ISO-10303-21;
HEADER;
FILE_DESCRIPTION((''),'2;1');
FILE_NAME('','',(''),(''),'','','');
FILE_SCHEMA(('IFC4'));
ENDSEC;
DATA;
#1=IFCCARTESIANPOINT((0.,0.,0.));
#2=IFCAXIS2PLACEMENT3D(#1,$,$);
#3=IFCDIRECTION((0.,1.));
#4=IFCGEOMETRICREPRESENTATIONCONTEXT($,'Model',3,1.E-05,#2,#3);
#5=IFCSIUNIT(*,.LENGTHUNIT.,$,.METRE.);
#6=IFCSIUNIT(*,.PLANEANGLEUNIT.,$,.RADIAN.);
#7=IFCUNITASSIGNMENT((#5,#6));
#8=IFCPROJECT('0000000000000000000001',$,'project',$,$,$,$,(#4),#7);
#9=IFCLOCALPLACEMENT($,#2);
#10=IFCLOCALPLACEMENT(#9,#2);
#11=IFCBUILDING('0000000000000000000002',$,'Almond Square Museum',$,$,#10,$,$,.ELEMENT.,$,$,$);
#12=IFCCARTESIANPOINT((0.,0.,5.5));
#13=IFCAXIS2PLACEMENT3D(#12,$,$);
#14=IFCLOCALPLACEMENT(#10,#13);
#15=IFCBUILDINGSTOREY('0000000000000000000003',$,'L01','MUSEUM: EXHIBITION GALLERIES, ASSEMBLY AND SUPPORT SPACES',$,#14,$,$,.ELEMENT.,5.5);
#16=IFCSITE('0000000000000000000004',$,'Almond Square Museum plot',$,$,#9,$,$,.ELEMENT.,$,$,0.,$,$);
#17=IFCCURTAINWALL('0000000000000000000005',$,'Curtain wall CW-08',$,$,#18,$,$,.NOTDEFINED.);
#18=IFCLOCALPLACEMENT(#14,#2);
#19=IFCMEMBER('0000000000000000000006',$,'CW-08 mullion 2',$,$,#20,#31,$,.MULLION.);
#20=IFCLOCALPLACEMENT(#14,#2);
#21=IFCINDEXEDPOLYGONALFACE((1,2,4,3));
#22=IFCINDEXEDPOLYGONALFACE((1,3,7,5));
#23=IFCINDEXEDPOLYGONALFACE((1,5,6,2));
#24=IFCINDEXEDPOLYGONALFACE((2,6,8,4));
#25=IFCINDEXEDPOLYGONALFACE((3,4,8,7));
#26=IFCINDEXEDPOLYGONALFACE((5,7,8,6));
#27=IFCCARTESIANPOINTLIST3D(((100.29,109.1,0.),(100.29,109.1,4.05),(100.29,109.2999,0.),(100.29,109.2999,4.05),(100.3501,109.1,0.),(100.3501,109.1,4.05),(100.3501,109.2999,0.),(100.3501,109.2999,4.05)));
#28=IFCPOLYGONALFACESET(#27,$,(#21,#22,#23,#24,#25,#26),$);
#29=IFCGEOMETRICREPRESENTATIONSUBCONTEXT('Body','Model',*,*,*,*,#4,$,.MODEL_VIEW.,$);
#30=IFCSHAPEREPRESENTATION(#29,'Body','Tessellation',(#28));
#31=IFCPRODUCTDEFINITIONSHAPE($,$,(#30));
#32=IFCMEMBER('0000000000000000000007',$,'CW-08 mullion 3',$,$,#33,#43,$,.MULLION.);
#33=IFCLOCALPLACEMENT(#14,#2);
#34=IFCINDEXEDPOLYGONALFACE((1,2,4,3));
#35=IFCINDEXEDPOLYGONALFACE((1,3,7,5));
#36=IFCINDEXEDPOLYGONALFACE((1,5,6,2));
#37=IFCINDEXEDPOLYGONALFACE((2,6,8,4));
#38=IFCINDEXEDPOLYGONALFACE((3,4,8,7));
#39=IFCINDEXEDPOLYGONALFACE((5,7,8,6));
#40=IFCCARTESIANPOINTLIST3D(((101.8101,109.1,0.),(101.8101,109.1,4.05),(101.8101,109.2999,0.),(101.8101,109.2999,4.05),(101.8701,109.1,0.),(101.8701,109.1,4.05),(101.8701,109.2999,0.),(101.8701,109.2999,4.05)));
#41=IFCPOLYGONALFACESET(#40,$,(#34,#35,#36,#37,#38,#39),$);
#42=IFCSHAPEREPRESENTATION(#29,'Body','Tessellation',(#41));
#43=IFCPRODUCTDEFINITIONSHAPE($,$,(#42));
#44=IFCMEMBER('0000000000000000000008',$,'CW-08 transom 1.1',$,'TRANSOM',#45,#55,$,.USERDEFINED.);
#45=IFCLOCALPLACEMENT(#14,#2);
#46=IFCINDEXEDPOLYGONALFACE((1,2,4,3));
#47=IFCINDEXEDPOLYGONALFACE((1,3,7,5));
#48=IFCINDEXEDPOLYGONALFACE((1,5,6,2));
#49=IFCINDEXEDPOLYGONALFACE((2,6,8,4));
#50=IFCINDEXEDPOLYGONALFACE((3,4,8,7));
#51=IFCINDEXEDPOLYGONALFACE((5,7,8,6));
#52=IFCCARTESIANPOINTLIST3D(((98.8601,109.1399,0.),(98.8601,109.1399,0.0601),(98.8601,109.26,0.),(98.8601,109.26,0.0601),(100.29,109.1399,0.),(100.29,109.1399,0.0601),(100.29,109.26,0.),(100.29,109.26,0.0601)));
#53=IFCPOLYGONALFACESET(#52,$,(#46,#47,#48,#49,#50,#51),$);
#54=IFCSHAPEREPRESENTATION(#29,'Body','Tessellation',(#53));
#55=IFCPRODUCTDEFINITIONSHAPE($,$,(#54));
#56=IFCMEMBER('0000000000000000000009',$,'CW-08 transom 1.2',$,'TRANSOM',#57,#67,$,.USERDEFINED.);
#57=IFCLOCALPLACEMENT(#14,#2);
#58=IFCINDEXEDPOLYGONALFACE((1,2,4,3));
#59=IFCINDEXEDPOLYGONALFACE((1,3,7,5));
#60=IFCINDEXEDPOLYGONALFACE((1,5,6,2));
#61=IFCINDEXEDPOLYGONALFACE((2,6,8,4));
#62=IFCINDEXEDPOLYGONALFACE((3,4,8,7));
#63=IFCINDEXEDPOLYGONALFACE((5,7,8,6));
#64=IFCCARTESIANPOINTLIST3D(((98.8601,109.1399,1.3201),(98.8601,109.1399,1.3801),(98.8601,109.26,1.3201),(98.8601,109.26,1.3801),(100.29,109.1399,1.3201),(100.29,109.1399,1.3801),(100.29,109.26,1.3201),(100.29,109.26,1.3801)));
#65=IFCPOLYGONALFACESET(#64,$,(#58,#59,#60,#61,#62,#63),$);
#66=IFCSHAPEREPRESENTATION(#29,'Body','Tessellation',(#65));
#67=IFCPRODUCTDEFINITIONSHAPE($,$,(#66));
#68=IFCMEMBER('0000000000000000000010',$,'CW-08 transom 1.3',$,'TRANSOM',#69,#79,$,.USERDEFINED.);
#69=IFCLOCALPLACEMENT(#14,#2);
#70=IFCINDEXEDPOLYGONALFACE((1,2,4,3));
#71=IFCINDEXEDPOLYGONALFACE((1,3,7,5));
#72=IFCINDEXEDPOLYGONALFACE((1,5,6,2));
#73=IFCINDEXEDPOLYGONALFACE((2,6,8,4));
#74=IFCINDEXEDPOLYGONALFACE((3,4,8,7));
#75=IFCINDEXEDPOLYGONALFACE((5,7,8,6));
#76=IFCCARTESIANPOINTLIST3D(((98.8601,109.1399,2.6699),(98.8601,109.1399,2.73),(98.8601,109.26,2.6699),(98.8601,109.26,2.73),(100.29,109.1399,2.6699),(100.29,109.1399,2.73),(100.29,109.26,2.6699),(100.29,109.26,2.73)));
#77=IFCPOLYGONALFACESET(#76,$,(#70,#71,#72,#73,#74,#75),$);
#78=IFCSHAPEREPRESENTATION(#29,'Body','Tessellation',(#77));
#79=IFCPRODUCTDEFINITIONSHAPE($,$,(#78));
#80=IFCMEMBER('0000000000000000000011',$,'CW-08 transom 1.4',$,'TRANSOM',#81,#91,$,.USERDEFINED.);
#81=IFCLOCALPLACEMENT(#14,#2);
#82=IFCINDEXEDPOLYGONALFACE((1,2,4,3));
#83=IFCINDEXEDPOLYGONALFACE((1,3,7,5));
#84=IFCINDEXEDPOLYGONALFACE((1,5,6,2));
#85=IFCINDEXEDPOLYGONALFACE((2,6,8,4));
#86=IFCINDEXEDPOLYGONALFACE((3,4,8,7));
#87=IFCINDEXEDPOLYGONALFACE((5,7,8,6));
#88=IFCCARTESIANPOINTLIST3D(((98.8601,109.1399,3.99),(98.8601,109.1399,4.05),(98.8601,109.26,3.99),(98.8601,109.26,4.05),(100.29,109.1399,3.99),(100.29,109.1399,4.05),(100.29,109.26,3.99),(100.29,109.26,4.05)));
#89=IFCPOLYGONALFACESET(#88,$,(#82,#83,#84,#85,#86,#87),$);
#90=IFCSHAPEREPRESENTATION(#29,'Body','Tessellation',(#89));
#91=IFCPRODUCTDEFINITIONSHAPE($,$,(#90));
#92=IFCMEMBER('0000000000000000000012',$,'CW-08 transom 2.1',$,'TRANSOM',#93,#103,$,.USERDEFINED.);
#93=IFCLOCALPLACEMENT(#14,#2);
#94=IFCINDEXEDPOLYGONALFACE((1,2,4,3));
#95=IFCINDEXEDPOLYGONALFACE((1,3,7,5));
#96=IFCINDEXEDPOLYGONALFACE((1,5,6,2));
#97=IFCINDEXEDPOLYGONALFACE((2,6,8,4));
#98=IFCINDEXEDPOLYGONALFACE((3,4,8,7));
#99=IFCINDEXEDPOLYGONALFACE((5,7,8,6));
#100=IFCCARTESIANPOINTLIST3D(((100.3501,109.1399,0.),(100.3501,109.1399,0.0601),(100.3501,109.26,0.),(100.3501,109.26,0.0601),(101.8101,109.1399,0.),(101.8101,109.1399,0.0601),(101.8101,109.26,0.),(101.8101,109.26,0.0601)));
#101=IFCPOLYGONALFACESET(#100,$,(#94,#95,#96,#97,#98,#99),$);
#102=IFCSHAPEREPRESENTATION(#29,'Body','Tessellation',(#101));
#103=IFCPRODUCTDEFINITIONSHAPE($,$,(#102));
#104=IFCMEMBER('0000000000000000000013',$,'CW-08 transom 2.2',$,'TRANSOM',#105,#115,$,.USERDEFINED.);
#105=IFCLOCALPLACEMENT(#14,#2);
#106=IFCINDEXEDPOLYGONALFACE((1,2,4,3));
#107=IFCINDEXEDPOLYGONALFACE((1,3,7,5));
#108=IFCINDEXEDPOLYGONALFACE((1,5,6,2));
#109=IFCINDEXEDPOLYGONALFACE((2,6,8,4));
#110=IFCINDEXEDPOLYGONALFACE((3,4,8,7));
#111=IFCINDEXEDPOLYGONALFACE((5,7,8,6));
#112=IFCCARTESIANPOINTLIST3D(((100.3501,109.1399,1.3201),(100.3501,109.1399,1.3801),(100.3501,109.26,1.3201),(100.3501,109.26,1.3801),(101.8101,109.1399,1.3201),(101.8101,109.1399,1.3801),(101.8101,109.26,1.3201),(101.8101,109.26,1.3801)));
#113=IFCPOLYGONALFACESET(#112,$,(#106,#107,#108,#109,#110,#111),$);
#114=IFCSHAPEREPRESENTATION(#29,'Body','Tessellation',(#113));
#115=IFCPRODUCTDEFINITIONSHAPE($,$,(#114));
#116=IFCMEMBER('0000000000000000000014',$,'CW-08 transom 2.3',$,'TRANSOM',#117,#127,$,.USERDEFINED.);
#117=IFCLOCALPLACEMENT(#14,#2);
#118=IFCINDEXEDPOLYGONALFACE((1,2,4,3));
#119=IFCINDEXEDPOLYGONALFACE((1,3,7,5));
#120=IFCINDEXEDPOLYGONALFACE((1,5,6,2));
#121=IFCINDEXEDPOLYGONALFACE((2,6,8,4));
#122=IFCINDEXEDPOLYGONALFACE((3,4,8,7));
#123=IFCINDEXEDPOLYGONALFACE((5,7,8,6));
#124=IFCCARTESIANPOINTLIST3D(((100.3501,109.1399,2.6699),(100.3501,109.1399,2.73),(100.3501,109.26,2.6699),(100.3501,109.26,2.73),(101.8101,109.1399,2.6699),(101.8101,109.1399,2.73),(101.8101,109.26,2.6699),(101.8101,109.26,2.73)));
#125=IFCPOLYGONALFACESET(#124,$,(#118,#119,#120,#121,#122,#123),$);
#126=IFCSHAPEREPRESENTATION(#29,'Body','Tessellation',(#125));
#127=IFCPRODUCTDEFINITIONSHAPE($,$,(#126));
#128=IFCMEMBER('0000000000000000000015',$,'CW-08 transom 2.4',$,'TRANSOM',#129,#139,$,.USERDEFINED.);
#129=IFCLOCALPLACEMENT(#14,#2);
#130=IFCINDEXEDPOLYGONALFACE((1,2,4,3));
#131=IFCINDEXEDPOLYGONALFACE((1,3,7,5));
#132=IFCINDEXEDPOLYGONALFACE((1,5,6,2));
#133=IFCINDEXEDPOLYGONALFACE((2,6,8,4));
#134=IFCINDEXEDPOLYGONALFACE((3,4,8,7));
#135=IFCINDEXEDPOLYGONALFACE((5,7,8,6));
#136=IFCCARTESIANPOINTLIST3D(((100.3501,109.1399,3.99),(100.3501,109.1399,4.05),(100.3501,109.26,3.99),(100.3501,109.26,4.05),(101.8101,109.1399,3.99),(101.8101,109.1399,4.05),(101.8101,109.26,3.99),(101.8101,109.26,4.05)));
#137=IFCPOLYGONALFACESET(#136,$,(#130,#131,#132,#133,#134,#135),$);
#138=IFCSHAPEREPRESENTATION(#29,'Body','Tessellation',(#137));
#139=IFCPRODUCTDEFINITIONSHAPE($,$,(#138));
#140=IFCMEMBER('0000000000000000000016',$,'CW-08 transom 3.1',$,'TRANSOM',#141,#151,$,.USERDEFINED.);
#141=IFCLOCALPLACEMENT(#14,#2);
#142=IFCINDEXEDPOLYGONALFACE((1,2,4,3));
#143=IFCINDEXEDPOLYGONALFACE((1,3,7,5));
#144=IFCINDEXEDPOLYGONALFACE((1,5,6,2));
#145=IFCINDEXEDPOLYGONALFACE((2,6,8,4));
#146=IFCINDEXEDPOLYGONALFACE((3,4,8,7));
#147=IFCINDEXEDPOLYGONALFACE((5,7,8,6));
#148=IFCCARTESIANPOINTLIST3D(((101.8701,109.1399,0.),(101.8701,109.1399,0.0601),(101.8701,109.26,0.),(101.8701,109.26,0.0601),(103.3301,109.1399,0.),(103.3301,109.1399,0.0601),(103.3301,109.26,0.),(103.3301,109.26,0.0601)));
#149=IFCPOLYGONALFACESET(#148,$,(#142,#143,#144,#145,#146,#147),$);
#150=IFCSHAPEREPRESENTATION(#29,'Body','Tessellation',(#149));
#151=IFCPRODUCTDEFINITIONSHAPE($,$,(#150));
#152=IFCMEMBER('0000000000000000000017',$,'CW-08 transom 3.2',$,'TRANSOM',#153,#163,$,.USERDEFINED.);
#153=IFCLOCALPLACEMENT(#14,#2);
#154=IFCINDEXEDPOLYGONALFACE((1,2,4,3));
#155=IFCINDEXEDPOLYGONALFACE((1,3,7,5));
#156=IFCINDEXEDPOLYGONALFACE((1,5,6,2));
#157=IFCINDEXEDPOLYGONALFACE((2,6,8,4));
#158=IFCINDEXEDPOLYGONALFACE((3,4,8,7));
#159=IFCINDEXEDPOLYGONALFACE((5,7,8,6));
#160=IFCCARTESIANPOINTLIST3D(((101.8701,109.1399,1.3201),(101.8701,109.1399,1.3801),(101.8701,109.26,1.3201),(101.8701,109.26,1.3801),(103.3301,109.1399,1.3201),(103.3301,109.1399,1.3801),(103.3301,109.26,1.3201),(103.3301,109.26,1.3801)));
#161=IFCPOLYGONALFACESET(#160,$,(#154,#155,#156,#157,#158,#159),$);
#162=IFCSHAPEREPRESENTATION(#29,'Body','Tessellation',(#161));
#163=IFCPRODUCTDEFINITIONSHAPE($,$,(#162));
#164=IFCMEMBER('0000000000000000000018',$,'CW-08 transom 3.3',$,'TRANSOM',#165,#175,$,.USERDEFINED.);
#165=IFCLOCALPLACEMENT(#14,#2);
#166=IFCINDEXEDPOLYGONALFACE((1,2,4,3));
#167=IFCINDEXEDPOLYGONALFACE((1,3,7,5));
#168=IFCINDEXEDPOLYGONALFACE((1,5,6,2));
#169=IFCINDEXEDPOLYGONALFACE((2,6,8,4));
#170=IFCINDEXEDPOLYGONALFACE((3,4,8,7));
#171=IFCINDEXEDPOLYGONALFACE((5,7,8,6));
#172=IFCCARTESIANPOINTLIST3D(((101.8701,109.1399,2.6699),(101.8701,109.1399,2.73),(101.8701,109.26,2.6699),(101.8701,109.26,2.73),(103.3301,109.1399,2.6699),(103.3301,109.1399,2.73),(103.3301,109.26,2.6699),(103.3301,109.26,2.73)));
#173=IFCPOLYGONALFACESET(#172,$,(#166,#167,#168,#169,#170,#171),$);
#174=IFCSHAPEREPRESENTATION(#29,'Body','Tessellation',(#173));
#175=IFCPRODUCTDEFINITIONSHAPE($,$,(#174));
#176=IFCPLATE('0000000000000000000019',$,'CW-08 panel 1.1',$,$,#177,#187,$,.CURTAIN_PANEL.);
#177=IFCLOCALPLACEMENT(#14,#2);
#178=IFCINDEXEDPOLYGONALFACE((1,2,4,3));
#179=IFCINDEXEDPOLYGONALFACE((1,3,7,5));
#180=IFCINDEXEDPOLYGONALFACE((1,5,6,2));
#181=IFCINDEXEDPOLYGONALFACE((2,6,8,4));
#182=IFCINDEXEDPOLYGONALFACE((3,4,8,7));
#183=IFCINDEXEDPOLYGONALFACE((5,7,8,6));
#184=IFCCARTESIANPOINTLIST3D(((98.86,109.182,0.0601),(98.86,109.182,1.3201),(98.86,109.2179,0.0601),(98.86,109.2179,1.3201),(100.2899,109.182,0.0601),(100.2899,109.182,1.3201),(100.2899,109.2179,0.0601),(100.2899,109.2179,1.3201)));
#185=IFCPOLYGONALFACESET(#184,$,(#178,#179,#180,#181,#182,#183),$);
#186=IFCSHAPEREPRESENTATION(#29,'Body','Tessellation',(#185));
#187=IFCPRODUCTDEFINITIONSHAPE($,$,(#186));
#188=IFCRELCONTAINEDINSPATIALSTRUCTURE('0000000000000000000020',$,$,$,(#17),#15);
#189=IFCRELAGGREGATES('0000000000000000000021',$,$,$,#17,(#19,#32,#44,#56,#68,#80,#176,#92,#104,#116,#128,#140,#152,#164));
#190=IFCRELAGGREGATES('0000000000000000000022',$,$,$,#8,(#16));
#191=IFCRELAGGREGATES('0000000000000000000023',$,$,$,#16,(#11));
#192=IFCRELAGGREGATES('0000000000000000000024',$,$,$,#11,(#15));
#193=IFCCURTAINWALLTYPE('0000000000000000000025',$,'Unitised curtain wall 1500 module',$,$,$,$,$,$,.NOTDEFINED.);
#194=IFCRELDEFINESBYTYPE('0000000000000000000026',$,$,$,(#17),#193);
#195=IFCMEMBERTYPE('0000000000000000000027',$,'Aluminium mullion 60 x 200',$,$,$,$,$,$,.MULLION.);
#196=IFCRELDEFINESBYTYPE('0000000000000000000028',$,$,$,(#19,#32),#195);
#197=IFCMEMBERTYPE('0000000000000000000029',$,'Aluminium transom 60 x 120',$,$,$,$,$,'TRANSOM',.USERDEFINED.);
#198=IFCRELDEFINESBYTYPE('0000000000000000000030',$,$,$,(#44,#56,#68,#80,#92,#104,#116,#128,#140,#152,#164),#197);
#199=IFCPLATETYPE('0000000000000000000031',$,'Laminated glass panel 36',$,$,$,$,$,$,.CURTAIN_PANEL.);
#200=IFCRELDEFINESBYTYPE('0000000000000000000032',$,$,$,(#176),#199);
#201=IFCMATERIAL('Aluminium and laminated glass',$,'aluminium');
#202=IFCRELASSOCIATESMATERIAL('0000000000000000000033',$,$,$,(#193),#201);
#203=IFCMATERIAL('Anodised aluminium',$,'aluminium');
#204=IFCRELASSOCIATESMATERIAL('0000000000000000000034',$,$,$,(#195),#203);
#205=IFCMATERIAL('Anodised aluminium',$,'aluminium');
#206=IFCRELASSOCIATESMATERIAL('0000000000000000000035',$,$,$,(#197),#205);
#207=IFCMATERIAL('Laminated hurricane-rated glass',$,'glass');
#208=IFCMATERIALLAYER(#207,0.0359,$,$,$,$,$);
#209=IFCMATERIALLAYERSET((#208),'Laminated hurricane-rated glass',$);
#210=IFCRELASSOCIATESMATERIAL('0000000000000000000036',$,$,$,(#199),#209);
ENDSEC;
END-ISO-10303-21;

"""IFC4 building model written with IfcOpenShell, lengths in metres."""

from ifc_helpers import new_model, si_unit, direction, frame, origin, origin_2d, place, context, subcontext, project, spatial, rectangle, extrude, material, layer, layer_set, material_profile, profile_set, type_object, element, aggregate, save


model = new_model("IFC4")

# Units and contexts
model_context = context("Model", 3, precision=1e-05, world=origin(), true_north=direction((0.0, 1.0)))
body_context = subcontext(model_context, "Body", "Model", "MODEL_VIEW")
ifc_project = project(units=[si_unit("LENGTHUNIT", "METRE"), si_unit("PLANEANGLEUNIT", "RADIAN")], contexts=[model_context])

# Site, building, storey
site_placement = place(None, origin())
site = spatial("IfcSite", under=ifc_project, at=site_placement, Name="Almond Square Museum plot", CompositionType="ELEMENT", RefElevation=0.0)
building_placement = place(site_placement, origin())
building = spatial("IfcBuilding", under=site, at=building_placement, Name="Almond Square Museum", CompositionType="ELEMENT")
storey_placement = place(building_placement, frame((0.0, 0.0, 5.5)))
storey = spatial("IfcBuildingStorey", under=building, at=storey_placement, Name="L01", Description="MUSEUM: EXHIBITION GALLERIES, ASSEMBLY AND SUPPORT SPACES", CompositionType="ELEMENT", Elevation=5.5)

# Curtain wall, members, plate
ifc_material_1 = material(Name="Aluminium and laminated glass", Category="aluminium")
curtain_wall_type = type_object("IfcCurtainWallType", Name="Unitised curtain wall 1500 module", PredefinedType="NOTDEFINED", material=ifc_material_1)
curtain_wall_placement = place(storey_placement, origin())
curtain_wall = element("IfcCurtainWall", 1, at=curtain_wall_placement, inside=storey, type_object=curtain_wall_type, Name="Curtain wall CW-08", PredefinedType="NOTDEFINED")
ifc_material_2 = material(Name="Anodised aluminium", Category="aluminium")
ifc_material_profile_1 = material_profile(ifc_material_2, rectangle(XDim=0.2, YDim=0.0601, at=origin_2d()))
ifc_profile_set_1 = profile_set([ifc_material_profile_1], Name="Anodised aluminium")
member_type_1 = type_object("IfcMemberType", Name="Aluminium mullion 60 x 200", PredefinedType="MULLION", material=ifc_profile_set_1)
member_1_placement = place(storey_placement, frame((100.3201, 109.2, 0.0), z_axis=(0.0, 0.0, 1.0), x_axis=(0.0, 1.0, 0.0)))
member_1 = element("IfcMember", 2, at=member_1_placement, type_object=member_type_1, Name="CW-08 mullion 2", PredefinedType="MULLION", context=body_context, shape_type="SweptSolid", body=[
    extrude(rectangle(XDim=0.2, YDim=0.0601, at=origin_2d()), origin(), (0.0, 0.0, 1.0), 4.05),
])
member_2_placement = place(storey_placement, frame((101.8401, 109.2, 0.0), z_axis=(0.0, 0.0, 1.0), x_axis=(0.0, 1.0, 0.0)))
member_2 = element("IfcMember", 3, at=member_2_placement, type_object=member_type_1, Name="CW-08 mullion 3", PredefinedType="MULLION", context=body_context, shape_type="SweptSolid", body=[
    extrude(rectangle(XDim=0.2, YDim=0.0601, at=origin_2d()), origin(), (0.0, 0.0, 1.0), 4.05),
])
ifc_material_3 = material(Name="Anodised aluminium", Category="aluminium")
ifc_material_profile_2 = material_profile(ifc_material_3, rectangle(XDim=0.1201, YDim=0.0601, at=origin_2d()))
ifc_profile_set_2 = profile_set([ifc_material_profile_2], Name="Anodised aluminium")
member_type_2 = type_object("IfcMemberType", Name="Aluminium transom 60 x 120", ElementType="TRANSOM", PredefinedType="USERDEFINED", material=ifc_profile_set_2)
member_3_placement = place(storey_placement, frame((98.8601, 109.2, 0.03), z_axis=(1.0, 0.0, 0.0), x_axis=(0.0, 1.0, 0.0)))
member_3 = element("IfcMember", 4, at=member_3_placement, type_object=member_type_2, Name="CW-08 transom 1.1", ObjectType="TRANSOM", PredefinedType="USERDEFINED", context=body_context, shape_type="SweptSolid", body=[
    extrude(rectangle(XDim=0.1201, YDim=0.0601, at=origin_2d()), origin(), (0.0, 0.0, 1.0), 1.4299),
])
member_4_placement = place(storey_placement, frame((98.8601, 109.2, 1.3501), z_axis=(1.0, 0.0, 0.0), x_axis=(0.0, 1.0, 0.0)))
member_4 = element("IfcMember", 5, at=member_4_placement, type_object=member_type_2, Name="CW-08 transom 1.2", ObjectType="TRANSOM", PredefinedType="USERDEFINED", context=body_context, shape_type="SweptSolid", body=[
    extrude(rectangle(XDim=0.1201, YDim=0.0601, at=origin_2d()), origin(), (0.0, 0.0, 1.0), 1.4299),
])
member_5_placement = place(storey_placement, frame((98.8601, 109.2, 2.7), z_axis=(1.0, 0.0, 0.0), x_axis=(0.0, 1.0, 0.0)))
member_5 = element("IfcMember", 6, at=member_5_placement, type_object=member_type_2, Name="CW-08 transom 1.3", ObjectType="TRANSOM", PredefinedType="USERDEFINED", context=body_context, shape_type="SweptSolid", body=[
    extrude(rectangle(XDim=0.1201, YDim=0.0601, at=origin_2d()), origin(), (0.0, 0.0, 1.0), 1.4299),
])
member_6_placement = place(storey_placement, frame((98.8601, 109.2, 4.02), z_axis=(1.0, 0.0, 0.0), x_axis=(0.0, 1.0, 0.0)))
member_6 = element("IfcMember", 7, at=member_6_placement, type_object=member_type_2, Name="CW-08 transom 1.4", ObjectType="TRANSOM", PredefinedType="USERDEFINED", context=body_context, shape_type="SweptSolid", body=[
    extrude(rectangle(XDim=0.1201, YDim=0.0601, at=origin_2d()), origin(), (0.0, 0.0, 1.0), 1.4299),
])
member_7_placement = place(storey_placement, frame((100.3501, 109.2, 0.03), z_axis=(1.0, 0.0, 0.0), x_axis=(0.0, 1.0, 0.0)))
member_7 = element("IfcMember", 8, at=member_7_placement, type_object=member_type_2, Name="CW-08 transom 2.1", ObjectType="TRANSOM", PredefinedType="USERDEFINED", context=body_context, shape_type="SweptSolid", body=[
    extrude(rectangle(XDim=0.1201, YDim=0.0601, at=origin_2d()), origin(), (0.0, 0.0, 1.0), 1.46),
])
member_8_placement = place(storey_placement, frame((100.3501, 109.2, 1.3501), z_axis=(1.0, 0.0, 0.0), x_axis=(0.0, 1.0, 0.0)))
member_8 = element("IfcMember", 9, at=member_8_placement, type_object=member_type_2, Name="CW-08 transom 2.2", ObjectType="TRANSOM", PredefinedType="USERDEFINED", context=body_context, shape_type="SweptSolid", body=[
    extrude(rectangle(XDim=0.1201, YDim=0.0601, at=origin_2d()), origin(), (0.0, 0.0, 1.0), 1.46),
])
member_9_placement = place(storey_placement, frame((100.3501, 109.2, 2.7), z_axis=(1.0, 0.0, 0.0), x_axis=(0.0, 1.0, 0.0)))
member_9 = element("IfcMember", 10, at=member_9_placement, type_object=member_type_2, Name="CW-08 transom 2.3", ObjectType="TRANSOM", PredefinedType="USERDEFINED", context=body_context, shape_type="SweptSolid", body=[
    extrude(rectangle(XDim=0.1201, YDim=0.0601, at=origin_2d()), origin(), (0.0, 0.0, 1.0), 1.46),
])
member_10_placement = place(storey_placement, frame((100.3501, 109.2, 4.02), z_axis=(1.0, 0.0, 0.0), x_axis=(0.0, 1.0, 0.0)))
member_10 = element("IfcMember", 11, at=member_10_placement, type_object=member_type_2, Name="CW-08 transom 2.4", ObjectType="TRANSOM", PredefinedType="USERDEFINED", context=body_context, shape_type="SweptSolid", body=[
    extrude(rectangle(XDim=0.1201, YDim=0.0601, at=origin_2d()), origin(), (0.0, 0.0, 1.0), 1.46),
])
member_11_placement = place(storey_placement, frame((101.8701, 109.2, 0.03), z_axis=(1.0, 0.0, 0.0), x_axis=(0.0, 1.0, 0.0)))
member_11 = element("IfcMember", 12, at=member_11_placement, type_object=member_type_2, Name="CW-08 transom 3.1", ObjectType="TRANSOM", PredefinedType="USERDEFINED", context=body_context, shape_type="SweptSolid", body=[
    extrude(rectangle(XDim=0.1201, YDim=0.0601, at=origin_2d()), origin(), (0.0, 0.0, 1.0), 1.46),
])
member_12_placement = place(storey_placement, frame((101.8701, 109.2, 1.3501), z_axis=(1.0, 0.0, 0.0), x_axis=(0.0, 1.0, 0.0)))
member_12 = element("IfcMember", 13, at=member_12_placement, type_object=member_type_2, Name="CW-08 transom 3.2", ObjectType="TRANSOM", PredefinedType="USERDEFINED", context=body_context, shape_type="SweptSolid", body=[
    extrude(rectangle(XDim=0.1201, YDim=0.0601, at=origin_2d()), origin(), (0.0, 0.0, 1.0), 1.46),
])
member_13_placement = place(storey_placement, frame((101.8701, 109.2, 2.7), z_axis=(1.0, 0.0, 0.0), x_axis=(0.0, 1.0, 0.0)))
member_13 = element("IfcMember", 14, at=member_13_placement, type_object=member_type_2, Name="CW-08 transom 3.3", ObjectType="TRANSOM", PredefinedType="USERDEFINED", context=body_context, shape_type="SweptSolid", body=[
    extrude(rectangle(XDim=0.1201, YDim=0.0601, at=origin_2d()), origin(), (0.0, 0.0, 1.0), 1.46),
])
ifc_material_4 = material(Name="Laminated hurricane-rated glass", Category="glass")
ifc_layer = layer(ifc_material_4, 0.0359)
ifc_layer_set = layer_set([ifc_layer], Name="Laminated hurricane-rated glass")
plate_type = type_object("IfcPlateType", Name="Laminated glass panel 36", PredefinedType="CURTAIN_PANEL", material=ifc_layer_set)
plate_1_placement = place(storey_placement, frame((99.575, 109.2, 0.0601), z_axis=(0.0, 0.0, 1.0), x_axis=(1.0, 0.0, 0.0)))
plate_1 = element("IfcPlate", 15, at=plate_1_placement, type_object=plate_type, Name="CW-08 panel 1.1", PredefinedType="CURTAIN_PANEL", context=body_context, shape_type="SweptSolid", body=[
    extrude(rectangle(XDim=1.4299, YDim=0.0359, at=origin_2d()), origin(), (0.0, 0.0, 1.0), 1.26),
])
aggregate(curtain_wall, [member_1, member_2, member_3, member_4, member_5, member_6, plate_1, member_7, member_8, member_9, member_10, member_11, member_12, member_13])

save(model, "model.ifc")
